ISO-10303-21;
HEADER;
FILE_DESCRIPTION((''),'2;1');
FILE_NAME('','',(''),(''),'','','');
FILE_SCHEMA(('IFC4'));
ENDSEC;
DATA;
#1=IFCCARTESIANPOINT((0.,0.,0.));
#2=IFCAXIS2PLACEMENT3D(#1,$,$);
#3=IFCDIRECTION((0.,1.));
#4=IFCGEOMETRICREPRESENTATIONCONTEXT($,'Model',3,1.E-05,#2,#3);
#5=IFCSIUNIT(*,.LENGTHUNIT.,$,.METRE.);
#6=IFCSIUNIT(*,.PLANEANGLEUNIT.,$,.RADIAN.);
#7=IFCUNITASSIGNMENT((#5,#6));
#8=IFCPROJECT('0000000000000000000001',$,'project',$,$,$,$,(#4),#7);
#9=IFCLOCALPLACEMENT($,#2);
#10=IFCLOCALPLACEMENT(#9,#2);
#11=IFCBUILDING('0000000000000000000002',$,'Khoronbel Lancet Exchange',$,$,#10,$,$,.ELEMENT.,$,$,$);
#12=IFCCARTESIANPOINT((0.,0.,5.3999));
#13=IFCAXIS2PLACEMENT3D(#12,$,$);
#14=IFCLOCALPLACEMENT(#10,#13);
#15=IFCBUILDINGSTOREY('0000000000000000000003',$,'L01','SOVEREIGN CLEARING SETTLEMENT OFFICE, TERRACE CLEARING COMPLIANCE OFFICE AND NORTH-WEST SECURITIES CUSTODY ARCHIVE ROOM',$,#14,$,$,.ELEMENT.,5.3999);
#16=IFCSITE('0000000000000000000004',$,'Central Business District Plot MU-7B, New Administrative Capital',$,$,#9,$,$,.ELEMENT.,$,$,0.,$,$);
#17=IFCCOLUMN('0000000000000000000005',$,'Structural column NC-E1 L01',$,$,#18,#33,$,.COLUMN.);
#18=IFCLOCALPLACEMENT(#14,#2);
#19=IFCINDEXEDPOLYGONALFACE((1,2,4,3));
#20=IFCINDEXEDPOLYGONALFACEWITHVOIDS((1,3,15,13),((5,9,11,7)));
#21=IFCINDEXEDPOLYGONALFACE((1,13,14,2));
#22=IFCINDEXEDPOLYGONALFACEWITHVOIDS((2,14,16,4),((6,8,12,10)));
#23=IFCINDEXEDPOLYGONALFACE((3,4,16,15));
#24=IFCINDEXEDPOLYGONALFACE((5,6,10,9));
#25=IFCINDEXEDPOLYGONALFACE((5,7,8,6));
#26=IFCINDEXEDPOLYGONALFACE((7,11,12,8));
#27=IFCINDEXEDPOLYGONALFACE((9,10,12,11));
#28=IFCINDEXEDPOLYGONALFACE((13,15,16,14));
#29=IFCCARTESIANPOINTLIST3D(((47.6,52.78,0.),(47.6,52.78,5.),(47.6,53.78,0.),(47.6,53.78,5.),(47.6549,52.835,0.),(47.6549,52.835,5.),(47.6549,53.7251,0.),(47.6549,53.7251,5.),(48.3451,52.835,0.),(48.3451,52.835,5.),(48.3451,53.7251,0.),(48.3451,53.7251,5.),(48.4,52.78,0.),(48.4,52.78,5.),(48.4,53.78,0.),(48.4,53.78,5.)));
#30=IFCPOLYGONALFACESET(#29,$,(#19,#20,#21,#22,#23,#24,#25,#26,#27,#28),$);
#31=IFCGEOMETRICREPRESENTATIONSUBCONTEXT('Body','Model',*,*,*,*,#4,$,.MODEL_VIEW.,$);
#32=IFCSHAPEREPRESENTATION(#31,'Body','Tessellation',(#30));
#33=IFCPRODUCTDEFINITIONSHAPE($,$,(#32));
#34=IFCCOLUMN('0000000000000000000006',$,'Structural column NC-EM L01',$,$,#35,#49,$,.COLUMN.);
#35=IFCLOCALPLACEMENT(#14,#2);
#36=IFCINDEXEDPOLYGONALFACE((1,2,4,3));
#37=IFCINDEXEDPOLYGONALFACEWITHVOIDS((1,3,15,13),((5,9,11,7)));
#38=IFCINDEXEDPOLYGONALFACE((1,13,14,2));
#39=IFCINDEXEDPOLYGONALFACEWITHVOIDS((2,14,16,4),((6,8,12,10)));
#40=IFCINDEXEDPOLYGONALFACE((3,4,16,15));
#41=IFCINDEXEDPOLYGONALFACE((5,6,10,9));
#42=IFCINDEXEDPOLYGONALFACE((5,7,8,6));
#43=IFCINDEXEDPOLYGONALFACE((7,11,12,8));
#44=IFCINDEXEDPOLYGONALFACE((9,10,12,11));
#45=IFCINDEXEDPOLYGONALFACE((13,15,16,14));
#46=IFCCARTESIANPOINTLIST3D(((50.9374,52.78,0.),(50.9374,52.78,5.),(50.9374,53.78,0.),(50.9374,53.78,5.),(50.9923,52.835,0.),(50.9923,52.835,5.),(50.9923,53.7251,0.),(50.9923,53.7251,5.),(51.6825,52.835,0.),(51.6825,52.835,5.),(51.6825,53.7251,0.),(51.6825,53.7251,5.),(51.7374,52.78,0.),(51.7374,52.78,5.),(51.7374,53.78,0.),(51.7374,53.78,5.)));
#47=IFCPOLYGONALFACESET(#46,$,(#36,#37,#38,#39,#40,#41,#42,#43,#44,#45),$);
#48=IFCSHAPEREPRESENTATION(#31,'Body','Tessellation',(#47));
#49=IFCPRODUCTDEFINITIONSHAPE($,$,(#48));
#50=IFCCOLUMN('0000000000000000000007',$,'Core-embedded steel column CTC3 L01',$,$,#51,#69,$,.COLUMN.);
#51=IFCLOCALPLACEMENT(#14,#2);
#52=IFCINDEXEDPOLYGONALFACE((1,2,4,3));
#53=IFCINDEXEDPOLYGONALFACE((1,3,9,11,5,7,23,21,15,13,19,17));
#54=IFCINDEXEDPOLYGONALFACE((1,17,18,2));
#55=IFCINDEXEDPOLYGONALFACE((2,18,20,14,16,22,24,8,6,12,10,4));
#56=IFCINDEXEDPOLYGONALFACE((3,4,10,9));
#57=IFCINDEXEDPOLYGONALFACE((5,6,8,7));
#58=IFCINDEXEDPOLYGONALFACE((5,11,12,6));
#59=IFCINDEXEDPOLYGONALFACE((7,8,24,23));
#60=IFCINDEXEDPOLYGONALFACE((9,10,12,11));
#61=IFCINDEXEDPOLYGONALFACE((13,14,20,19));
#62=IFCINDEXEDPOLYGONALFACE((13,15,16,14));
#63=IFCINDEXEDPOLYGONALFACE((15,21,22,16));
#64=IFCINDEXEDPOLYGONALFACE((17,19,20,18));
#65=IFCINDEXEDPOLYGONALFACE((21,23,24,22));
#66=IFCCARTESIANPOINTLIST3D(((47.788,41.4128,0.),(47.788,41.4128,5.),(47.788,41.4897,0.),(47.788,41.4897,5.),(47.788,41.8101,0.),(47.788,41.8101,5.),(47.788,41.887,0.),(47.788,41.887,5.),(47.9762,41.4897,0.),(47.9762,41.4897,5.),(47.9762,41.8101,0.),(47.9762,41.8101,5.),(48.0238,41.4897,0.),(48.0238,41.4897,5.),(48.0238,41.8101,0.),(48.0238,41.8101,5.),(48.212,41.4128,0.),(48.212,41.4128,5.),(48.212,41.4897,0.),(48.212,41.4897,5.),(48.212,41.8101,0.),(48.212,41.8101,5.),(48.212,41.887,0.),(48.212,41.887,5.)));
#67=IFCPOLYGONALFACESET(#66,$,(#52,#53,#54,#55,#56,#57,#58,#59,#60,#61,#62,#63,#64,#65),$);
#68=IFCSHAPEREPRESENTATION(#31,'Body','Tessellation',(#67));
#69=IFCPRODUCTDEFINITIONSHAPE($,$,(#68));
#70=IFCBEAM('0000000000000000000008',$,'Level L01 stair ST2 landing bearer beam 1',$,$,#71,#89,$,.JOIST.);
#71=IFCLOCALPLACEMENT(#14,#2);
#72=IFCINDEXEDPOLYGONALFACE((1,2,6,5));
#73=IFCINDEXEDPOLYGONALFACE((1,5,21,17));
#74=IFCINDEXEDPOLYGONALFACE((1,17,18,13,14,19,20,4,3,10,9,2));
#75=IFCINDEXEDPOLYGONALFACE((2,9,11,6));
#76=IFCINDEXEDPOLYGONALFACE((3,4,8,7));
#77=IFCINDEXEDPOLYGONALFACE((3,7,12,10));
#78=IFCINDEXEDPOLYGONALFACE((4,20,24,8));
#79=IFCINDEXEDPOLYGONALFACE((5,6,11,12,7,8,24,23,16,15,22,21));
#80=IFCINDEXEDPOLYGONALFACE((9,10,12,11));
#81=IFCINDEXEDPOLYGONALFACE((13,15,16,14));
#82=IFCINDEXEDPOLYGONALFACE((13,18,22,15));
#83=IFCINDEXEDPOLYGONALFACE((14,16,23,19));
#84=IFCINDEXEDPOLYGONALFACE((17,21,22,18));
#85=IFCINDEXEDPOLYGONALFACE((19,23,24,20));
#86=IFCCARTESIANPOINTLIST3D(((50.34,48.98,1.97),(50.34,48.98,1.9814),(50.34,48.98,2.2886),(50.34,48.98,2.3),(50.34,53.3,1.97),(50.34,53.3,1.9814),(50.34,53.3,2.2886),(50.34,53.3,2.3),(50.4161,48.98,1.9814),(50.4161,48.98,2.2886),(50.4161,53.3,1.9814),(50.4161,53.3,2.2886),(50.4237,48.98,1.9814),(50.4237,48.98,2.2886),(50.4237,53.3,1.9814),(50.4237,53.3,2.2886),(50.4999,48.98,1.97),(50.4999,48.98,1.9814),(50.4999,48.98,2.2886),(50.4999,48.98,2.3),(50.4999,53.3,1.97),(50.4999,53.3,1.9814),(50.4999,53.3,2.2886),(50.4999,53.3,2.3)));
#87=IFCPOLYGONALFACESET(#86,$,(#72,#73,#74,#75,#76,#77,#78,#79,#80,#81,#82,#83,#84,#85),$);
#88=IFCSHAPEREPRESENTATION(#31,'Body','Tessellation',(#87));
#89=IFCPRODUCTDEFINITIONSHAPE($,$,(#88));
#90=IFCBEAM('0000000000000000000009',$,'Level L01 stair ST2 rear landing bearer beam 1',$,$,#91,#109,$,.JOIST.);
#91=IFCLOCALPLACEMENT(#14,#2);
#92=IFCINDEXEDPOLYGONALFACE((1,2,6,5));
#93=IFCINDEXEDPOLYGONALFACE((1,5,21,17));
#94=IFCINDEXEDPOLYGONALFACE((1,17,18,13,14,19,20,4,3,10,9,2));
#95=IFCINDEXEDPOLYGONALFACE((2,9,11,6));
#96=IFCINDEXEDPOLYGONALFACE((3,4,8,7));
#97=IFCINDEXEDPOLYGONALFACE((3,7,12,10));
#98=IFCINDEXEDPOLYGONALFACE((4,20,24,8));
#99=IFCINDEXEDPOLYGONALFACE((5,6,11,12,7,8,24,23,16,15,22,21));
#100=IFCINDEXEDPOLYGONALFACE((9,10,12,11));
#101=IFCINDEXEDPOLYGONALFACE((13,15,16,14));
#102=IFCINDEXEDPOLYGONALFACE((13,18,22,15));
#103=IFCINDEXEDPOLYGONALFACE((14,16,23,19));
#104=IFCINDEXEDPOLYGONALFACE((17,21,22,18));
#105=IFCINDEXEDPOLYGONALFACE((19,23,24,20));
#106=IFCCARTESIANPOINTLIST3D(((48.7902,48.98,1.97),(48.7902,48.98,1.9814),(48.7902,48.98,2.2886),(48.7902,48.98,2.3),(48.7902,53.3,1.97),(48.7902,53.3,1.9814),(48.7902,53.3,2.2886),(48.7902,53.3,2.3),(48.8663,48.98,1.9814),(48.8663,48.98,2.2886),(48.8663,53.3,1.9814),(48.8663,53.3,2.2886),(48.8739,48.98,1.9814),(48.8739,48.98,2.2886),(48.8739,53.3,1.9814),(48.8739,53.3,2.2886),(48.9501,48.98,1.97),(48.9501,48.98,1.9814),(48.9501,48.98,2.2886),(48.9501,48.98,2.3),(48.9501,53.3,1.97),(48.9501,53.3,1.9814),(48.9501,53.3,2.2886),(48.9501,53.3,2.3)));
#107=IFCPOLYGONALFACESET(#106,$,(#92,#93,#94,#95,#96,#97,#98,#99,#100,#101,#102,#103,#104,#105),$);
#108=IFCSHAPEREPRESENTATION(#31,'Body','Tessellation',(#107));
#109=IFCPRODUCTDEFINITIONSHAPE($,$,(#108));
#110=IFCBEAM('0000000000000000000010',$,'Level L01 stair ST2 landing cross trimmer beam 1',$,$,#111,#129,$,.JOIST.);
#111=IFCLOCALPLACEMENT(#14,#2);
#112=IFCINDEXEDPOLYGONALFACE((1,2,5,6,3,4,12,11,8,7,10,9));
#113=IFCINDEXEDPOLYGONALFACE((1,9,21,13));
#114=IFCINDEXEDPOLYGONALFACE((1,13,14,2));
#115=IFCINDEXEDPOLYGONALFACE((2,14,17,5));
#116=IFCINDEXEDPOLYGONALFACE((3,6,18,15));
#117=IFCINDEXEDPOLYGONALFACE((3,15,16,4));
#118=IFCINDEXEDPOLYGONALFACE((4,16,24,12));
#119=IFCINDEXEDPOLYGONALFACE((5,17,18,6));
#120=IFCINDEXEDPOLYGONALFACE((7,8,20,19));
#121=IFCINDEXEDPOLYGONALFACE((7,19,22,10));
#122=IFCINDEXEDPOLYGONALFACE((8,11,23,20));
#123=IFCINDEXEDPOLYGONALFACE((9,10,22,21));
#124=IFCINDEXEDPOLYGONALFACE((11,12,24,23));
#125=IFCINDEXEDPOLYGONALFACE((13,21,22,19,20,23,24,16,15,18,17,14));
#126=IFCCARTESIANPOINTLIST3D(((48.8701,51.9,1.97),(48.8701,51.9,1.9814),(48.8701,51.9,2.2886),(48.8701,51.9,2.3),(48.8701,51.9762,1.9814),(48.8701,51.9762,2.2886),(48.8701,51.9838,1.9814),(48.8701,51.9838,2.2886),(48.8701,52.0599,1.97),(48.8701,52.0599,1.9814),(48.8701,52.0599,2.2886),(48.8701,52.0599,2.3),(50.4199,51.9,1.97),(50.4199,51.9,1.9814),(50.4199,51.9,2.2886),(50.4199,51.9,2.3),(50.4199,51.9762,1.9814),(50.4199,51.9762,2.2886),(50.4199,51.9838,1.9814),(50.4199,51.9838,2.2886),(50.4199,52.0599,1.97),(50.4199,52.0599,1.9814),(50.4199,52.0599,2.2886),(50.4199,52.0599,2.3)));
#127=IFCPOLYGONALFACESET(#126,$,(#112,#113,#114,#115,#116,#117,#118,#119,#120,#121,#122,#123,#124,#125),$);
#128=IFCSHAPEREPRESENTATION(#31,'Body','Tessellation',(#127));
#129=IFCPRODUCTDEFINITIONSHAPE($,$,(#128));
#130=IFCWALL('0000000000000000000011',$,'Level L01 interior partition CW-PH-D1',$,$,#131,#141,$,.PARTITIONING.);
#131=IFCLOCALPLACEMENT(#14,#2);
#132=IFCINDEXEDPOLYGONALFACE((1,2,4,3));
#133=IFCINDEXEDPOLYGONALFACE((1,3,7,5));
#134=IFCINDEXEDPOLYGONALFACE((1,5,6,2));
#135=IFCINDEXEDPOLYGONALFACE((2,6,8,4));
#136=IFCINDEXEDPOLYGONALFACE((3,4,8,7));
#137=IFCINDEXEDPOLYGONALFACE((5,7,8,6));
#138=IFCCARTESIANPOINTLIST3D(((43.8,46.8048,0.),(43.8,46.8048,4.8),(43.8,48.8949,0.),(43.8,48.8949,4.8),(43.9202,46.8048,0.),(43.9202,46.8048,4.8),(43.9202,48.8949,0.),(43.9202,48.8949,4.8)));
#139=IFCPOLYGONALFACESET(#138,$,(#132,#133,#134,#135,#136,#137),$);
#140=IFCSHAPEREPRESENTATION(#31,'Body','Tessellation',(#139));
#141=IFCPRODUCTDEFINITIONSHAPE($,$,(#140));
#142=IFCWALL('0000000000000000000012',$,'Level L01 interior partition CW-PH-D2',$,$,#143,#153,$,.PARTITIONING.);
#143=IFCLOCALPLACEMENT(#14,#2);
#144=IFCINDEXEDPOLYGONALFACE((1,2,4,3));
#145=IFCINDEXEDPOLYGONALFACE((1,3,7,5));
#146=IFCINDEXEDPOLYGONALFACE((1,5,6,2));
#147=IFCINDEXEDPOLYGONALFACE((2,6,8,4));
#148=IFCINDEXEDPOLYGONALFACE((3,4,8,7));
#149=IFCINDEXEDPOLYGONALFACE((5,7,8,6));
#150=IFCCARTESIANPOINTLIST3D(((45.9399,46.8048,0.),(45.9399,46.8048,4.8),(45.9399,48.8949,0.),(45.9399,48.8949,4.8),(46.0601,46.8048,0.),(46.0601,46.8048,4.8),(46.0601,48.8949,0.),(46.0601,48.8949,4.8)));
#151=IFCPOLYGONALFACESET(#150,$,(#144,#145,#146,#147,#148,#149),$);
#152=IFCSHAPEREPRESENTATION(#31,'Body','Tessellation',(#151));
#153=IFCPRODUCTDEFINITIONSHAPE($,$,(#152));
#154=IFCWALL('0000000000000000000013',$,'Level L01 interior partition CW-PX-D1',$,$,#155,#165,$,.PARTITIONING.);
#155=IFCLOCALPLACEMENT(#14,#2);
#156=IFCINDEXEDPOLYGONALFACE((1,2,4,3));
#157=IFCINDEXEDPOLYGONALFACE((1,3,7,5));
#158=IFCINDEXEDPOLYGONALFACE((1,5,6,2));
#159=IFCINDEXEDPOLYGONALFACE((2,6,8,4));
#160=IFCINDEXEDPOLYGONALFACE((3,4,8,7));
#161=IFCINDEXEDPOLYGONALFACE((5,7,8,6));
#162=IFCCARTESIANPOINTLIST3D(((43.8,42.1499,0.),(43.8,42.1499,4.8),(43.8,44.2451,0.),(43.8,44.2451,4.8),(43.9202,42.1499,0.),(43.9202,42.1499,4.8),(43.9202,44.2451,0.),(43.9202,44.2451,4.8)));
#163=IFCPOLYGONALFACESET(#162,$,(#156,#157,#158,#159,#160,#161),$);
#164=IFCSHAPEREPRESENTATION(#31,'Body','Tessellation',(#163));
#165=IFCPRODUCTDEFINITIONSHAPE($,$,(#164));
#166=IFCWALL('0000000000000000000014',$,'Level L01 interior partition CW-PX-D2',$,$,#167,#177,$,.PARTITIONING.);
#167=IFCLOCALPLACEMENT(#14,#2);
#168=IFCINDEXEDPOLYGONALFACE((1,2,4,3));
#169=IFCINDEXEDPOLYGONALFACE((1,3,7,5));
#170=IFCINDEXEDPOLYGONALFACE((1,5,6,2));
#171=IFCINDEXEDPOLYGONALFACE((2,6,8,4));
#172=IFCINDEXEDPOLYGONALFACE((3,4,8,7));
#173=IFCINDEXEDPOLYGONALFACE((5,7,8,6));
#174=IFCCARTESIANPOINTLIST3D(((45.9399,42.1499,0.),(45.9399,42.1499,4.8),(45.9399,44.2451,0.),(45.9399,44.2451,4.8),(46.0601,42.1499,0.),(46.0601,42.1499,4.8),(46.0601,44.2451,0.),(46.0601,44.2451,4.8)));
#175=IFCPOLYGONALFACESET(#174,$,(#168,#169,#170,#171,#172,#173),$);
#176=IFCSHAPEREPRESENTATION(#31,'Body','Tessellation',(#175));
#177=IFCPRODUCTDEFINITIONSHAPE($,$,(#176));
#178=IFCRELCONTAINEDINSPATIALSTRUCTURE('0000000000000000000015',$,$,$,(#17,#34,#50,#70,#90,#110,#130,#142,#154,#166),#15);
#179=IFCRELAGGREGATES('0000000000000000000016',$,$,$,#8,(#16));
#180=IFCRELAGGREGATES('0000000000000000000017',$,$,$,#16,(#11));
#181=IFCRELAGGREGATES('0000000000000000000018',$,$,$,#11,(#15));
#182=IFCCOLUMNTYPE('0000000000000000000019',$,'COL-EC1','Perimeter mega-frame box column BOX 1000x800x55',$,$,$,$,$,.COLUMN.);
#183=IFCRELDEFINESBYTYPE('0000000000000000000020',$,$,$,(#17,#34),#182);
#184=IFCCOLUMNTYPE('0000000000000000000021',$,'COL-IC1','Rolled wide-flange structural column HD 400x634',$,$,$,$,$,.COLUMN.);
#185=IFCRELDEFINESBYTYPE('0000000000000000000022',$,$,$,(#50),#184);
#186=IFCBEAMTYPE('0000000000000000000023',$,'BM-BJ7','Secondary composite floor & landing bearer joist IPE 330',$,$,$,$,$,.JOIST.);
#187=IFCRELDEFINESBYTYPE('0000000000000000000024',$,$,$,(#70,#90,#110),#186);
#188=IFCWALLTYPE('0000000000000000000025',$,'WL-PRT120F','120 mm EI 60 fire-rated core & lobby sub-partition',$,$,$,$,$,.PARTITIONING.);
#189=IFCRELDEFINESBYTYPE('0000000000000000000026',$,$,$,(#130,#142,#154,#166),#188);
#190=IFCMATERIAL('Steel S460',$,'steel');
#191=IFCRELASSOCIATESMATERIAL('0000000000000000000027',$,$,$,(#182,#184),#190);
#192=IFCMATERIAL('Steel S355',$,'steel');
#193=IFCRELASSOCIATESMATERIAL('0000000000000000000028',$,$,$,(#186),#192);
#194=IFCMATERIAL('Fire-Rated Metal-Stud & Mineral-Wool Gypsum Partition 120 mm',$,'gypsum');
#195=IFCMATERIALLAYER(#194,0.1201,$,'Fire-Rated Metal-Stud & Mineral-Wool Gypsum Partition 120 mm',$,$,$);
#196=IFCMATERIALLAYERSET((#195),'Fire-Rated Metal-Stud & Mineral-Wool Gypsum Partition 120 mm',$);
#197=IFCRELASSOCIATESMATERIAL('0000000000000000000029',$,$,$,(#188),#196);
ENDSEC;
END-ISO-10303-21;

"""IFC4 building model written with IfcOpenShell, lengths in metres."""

from ifc_helpers import new_model, si_unit, direction, frame, frame_2d, origin, origin_2d, place, context, subcontext, project, spatial, rectangle, hollow_rectangle, i_section, extrude, material, layer, layer_set, material_profile, profile_set, type_object, element, save


model = new_model("IFC4")

# Units and contexts
model_context = context("Model", 3, precision=1e-05, world=origin(), true_north=direction((0.0, 1.0)))
body_context = subcontext(model_context, "Body", "Model", "MODEL_VIEW")
ifc_project = project(units=[si_unit("LENGTHUNIT", "METRE"), si_unit("PLANEANGLEUNIT", "RADIAN")], contexts=[model_context])

# Site, building, storey
site_placement = place(None, origin())
site = spatial("IfcSite", under=ifc_project, at=site_placement, Name="Central Business District Plot MU-7B, New Administrative Capital", CompositionType="ELEMENT", RefElevation=0.0)
building_placement = place(site_placement, origin())
building = spatial("IfcBuilding", under=site, at=building_placement, Name="Khoronbel Lancet Exchange", CompositionType="ELEMENT")
storey_placement = place(building_placement, frame((0.0, 0.0, 5.3999)))
storey = spatial("IfcBuildingStorey", under=building, at=storey_placement, Name="L01", Description="SOVEREIGN CLEARING SETTLEMENT OFFICE, TERRACE CLEARING COMPLIANCE OFFICE AND NORTH-WEST SECURITIES CUSTODY ARCHIVE ROOM", CompositionType="ELEMENT", Elevation=5.3999)

# Columns
ifc_material_1 = material(Name="Steel S460", Category="steel")
ifc_material_profile_1 = material_profile(ifc_material_1, hollow_rectangle(XDim=0.8, YDim=1.0, WallThickness=0.0549, at=origin_2d()), Name="BOX 1000x800x55")
ifc_profile_set_1 = profile_set([ifc_material_profile_1], Name="Steel S460")
column_type_1 = type_object("IfcColumnType", Name="COL-EC1", Description="Perimeter mega-frame box column BOX 1000x800x55", PredefinedType="COLUMN", material=ifc_profile_set_1)
for number, where, z_axis, x_axis, name in (
    (1, (48.0, 53.28, 0.0), (0.0, 0.0, 1.0), (1.0, 0.0, 0.0), "Structural column NC-E1 L01"),
    (2, (51.3374, 53.28, 0.0), (0.0, 0.0, 1.0), (1.0, 0.0, 0.0), "Structural column NC-EM L01"),
):
    element("IfcColumn", number, at=place(storey_placement, frame(where, z_axis=z_axis, x_axis=x_axis)), inside=storey, type_object=column_type_1, Name=name, PredefinedType="COLUMN", context=body_context, shape_type="SweptSolid", body=[
        extrude(hollow_rectangle(XDim=0.8, YDim=1.0, WallThickness=0.0549, at=origin_2d()), origin(), (0.0, 0.0, 1.0), 5.0),
    ])
ifc_material_profile_2 = material_profile(ifc_material_1, i_section(OverallWidth=0.4241, OverallDepth=0.4741, WebThickness=0.0476, FlangeThickness=0.0769, at=origin_2d()), Name="HD 400x634")
ifc_profile_set_2 = profile_set([ifc_material_profile_2], Name="Steel S460")
column_type_2 = type_object("IfcColumnType", Name="COL-IC1", Description="Rolled wide-flange structural column HD 400x634", PredefinedType="COLUMN", material=ifc_profile_set_2)
column_placement = place(storey_placement, frame((48.0, 41.6499, 0.0), z_axis=(0.0, 0.0, 1.0), x_axis=(1.0, 0.0, 0.0)))
element("IfcColumn", 3, at=column_placement, inside=storey, type_object=column_type_2, Name="Core-embedded steel column CTC3 L01", PredefinedType="COLUMN", context=body_context, shape_type="SweptSolid", body=[
    extrude(i_section(OverallWidth=0.4241, OverallDepth=0.4741, WebThickness=0.0476, FlangeThickness=0.0769, at=origin_2d()), origin(), (0.0, 0.0, 1.0), 5.0),
])

# Beams
ifc_material_2 = material(Name="Steel S355", Category="steel")
ifc_material_profile_3 = material_profile(ifc_material_2, i_section(OverallWidth=0.1599, OverallDepth=0.3301, WebThickness=0.0076, FlangeThickness=0.0115, at=origin_2d()), Name="IPE 330")
ifc_profile_set_3 = profile_set([ifc_material_profile_3], Name="Steel S355")
beam_type = type_object("IfcBeamType", Name="BM-BJ7", Description="Secondary composite floor & landing bearer joist IPE 330", PredefinedType="JOIST", material=ifc_profile_set_3)
for number, where, z_axis, x_axis, name in (
    (4, (50.4199, 48.98, 2.135), (0.0, 1.0, 0.0), (-1.0, 0.0, 0.0), "Level L01 stair ST2 landing bearer beam 1"),
    (5, (48.8701, 48.98, 2.135), (0.0, 1.0, 0.0), (-1.0, 0.0, 0.0), "Level L01 stair ST2 rear landing bearer beam 1"),
):
    element("IfcBeam", number, at=place(storey_placement, frame(where, z_axis=z_axis, x_axis=x_axis)), inside=storey, type_object=beam_type, Name=name, PredefinedType="JOIST", context=body_context, shape_type="SweptSolid", body=[
        extrude(i_section(OverallWidth=0.1599, OverallDepth=0.3301, WebThickness=0.0076, FlangeThickness=0.0115, at=origin_2d()), origin(), (0.0, 0.0, 1.0), 4.3201),
    ])
beam_placement = place(storey_placement, frame((48.8701, 51.98, 2.135), z_axis=(1.0, 0.0, 0.0), x_axis=(0.0, 1.0, 0.0)))
element("IfcBeam", 6, at=beam_placement, inside=storey, type_object=beam_type, Name="Level L01 stair ST2 landing cross trimmer beam 1", PredefinedType="JOIST", context=body_context, shape_type="SweptSolid", body=[
    extrude(i_section(OverallWidth=0.1599, OverallDepth=0.3301, WebThickness=0.0076, FlangeThickness=0.0115, at=origin_2d()), origin(), (0.0, 0.0, 1.0), 1.5498),
])

# Walls
ifc_material_3 = material(Name="Fire-Rated Metal-Stud & Mineral-Wool Gypsum Partition 120 mm", Category="gypsum")
ifc_layer_1 = layer(ifc_material_3, 0.1201, Name="Fire-Rated Metal-Stud & Mineral-Wool Gypsum Partition 120 mm")
ifc_layer_set_1 = layer_set([ifc_layer_1], Name="Fire-Rated Metal-Stud & Mineral-Wool Gypsum Partition 120 mm")
wall_type_1 = type_object("IfcWallType", Name="WL-PRT120F", Description="120 mm EI 60 fire-rated core & lobby sub-partition", PredefinedType="PARTITIONING", material=ifc_layer_set_1)
for number, where, z_axis, x_axis, name in (
    (7, (43.8601, 46.8049, 0.0), (0.0, 0.0, 1.0), (0.0, 1.0, 0.0), "Level L01 interior partition CW-PH-D1"),
    (8, (46.0, 46.8049, 0.0), (0.0, 0.0, 1.0), (0.0, 1.0, 0.0), "Level L01 interior partition CW-PH-D2"),
):
    element("IfcWall", number, at=place(storey_placement, frame(where, z_axis=z_axis, x_axis=x_axis)), inside=storey, type_object=wall_type_1, Name=name, PredefinedType="PARTITIONING", context=body_context, shape_type="SweptSolid", body=[
        extrude(rectangle(XDim=2.0901, YDim=0.1201, at=frame_2d((1.0449, 0.0))), origin(), (0.0, 0.0, 1.0), 4.8),
    ])
for number, where, z_axis, x_axis, name in (
    (9, (43.8601, 42.1499, 0.0), (0.0, 0.0, 1.0), (0.0, 1.0, 0.0), "Level L01 interior partition CW-PX-D1"),
    (10, (46.0, 42.1499, 0.0), (0.0, 0.0, 1.0), (0.0, 1.0, 0.0), "Level L01 interior partition CW-PX-D2"),
):
    element("IfcWall", number, at=place(storey_placement, frame(where, z_axis=z_axis, x_axis=x_axis)), inside=storey, type_object=wall_type_1, Name=name, PredefinedType="PARTITIONING", context=body_context, shape_type="SweptSolid", body=[
        extrude(rectangle(XDim=2.0952, YDim=0.1201, at=frame_2d((1.0476, 0.0))), origin(), (0.0, 0.0, 1.0), 4.8),
    ])

save(model, "model.ifc")
